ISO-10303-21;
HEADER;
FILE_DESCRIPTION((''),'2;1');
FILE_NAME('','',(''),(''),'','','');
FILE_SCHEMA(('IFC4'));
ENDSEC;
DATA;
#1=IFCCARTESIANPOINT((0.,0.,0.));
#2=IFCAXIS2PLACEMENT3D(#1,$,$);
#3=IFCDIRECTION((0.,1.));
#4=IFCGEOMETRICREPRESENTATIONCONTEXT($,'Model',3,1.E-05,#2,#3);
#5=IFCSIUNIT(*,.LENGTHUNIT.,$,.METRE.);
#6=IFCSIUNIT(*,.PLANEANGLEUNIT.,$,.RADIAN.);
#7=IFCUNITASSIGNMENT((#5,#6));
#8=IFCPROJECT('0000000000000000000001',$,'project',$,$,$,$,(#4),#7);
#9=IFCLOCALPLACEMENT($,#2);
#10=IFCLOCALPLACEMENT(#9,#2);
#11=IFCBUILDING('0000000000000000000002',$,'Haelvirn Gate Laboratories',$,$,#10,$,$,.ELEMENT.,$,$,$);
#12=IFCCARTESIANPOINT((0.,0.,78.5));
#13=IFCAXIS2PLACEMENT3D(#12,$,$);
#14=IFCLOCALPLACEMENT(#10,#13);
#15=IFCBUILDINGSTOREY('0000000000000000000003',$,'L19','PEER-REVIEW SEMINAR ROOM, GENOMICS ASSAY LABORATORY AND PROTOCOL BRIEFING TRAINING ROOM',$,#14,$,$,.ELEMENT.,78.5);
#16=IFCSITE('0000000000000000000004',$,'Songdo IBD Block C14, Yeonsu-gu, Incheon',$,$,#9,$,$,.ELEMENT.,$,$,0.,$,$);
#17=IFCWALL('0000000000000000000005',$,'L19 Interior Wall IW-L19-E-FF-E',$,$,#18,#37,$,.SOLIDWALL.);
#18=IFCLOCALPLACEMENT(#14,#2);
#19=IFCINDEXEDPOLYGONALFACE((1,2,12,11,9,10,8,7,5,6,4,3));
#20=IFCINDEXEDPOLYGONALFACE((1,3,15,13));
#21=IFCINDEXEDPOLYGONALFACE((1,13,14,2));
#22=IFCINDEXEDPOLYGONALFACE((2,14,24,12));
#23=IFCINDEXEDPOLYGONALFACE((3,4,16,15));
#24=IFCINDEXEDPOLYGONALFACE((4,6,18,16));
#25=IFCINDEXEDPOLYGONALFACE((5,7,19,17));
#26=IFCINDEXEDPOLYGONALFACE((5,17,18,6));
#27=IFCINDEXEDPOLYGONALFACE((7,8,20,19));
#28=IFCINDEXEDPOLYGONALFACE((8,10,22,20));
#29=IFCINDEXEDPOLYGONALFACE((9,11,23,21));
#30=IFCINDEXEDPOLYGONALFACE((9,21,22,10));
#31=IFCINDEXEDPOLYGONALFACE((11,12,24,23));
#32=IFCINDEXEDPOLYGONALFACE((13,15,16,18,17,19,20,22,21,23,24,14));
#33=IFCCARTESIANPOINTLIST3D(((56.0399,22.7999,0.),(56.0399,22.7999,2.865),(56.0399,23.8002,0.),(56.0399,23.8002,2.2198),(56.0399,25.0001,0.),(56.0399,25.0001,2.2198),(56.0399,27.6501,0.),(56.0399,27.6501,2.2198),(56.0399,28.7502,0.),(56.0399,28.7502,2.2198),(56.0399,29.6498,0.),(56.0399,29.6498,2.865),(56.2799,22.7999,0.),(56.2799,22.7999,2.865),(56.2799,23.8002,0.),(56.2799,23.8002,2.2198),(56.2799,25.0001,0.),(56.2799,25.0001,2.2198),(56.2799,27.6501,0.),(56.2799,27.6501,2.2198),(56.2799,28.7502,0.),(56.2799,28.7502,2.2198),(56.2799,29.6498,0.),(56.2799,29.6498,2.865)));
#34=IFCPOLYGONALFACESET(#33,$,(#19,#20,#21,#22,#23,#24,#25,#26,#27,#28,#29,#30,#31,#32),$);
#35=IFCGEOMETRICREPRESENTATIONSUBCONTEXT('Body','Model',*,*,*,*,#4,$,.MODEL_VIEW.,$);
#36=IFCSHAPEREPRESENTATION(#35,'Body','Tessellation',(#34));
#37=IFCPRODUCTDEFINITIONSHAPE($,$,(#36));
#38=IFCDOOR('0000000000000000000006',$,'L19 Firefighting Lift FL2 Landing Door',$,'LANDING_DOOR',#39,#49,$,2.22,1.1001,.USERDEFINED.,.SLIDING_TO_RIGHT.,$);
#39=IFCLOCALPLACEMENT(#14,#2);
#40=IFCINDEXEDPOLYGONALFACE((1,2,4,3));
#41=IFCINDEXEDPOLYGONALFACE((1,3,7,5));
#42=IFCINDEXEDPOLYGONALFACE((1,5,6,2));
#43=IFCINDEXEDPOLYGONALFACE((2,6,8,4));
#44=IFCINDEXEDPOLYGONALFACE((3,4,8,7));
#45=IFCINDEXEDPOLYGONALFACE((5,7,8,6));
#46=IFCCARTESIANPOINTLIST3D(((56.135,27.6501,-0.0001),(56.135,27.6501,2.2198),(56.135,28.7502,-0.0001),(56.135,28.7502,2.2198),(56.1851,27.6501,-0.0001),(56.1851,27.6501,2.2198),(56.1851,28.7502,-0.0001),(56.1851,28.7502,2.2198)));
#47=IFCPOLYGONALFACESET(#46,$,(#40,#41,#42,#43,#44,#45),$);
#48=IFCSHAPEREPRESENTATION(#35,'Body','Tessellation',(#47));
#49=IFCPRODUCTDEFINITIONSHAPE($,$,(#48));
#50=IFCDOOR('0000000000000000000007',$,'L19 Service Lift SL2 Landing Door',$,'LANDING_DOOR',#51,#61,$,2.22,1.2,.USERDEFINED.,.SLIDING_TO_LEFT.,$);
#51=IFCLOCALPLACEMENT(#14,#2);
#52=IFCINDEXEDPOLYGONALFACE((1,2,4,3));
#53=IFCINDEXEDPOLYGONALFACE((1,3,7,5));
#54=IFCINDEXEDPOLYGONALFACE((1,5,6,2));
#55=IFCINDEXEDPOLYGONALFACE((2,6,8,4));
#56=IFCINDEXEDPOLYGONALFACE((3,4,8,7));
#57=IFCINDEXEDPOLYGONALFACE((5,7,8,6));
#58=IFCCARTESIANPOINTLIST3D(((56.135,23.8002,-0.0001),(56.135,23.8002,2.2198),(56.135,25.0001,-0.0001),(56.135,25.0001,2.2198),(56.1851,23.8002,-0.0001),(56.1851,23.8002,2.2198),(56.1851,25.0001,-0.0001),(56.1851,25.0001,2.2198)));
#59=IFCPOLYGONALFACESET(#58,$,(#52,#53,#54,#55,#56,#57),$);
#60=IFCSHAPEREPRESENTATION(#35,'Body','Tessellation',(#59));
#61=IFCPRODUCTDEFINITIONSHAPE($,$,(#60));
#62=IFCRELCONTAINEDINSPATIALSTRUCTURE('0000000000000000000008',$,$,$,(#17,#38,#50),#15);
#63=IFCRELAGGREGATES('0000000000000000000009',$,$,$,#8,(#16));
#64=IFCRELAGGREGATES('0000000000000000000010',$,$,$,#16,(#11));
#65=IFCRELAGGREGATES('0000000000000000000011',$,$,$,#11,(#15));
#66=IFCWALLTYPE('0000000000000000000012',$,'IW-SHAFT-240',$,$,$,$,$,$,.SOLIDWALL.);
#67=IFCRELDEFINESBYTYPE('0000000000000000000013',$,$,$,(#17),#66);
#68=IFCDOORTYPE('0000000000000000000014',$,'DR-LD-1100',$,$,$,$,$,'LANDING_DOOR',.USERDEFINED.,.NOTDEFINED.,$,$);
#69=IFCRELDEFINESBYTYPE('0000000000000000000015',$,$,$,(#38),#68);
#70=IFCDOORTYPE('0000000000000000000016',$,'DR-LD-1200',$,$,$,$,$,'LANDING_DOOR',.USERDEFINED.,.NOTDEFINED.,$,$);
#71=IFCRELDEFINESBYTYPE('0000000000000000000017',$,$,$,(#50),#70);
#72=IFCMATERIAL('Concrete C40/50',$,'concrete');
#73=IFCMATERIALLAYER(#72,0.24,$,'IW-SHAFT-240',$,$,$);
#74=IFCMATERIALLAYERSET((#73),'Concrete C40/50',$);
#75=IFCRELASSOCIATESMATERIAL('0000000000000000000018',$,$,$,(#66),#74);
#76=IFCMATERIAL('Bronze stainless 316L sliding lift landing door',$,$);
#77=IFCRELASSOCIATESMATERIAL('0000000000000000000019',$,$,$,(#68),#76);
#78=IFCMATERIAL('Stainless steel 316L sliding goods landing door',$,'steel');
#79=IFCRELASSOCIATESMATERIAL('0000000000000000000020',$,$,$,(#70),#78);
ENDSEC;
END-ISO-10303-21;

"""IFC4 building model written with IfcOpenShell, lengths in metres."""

from ifc_helpers import new_model, si_unit, direction, frame, frame_2d, origin, place, context, subcontext, project, spatial, rectangle, extrude, source, transform, mapped, material, layer, layer_set, type_object, type_shapes, element, fill, save


model = new_model("IFC4")

# Units and contexts
model_context = context("Model", 3, precision=1e-05, world=origin(), true_north=direction((0.0, 1.0)))
body_context = subcontext(model_context, "Body", "Model", "MODEL_VIEW")
ifc_project = project(units=[si_unit("LENGTHUNIT", "METRE"), si_unit("PLANEANGLEUNIT", "RADIAN")], contexts=[model_context])

# Site, building, storey
site_placement = place(None, origin())
site = spatial("IfcSite", under=ifc_project, at=site_placement, Name="Songdo IBD Block C14, Yeonsu-gu, Incheon", CompositionType="ELEMENT", RefElevation=0.0)
building_placement = place(site_placement, origin())
building = spatial("IfcBuilding", under=site, at=building_placement, Name="Haelvirn Gate Laboratories", CompositionType="ELEMENT")
storey_placement = place(building_placement, frame((0.0, 0.0, 78.5)))
storey = spatial("IfcBuildingStorey", under=building, at=storey_placement, Name="L19", Description="PEER-REVIEW SEMINAR ROOM, GENOMICS ASSAY LABORATORY AND PROTOCOL BRIEFING TRAINING ROOM", CompositionType="ELEMENT", Elevation=78.5)

# Shared definitions
ifc_material_1 = material(Name="Concrete C40/50", Category="concrete")

# Wall, openings, doors
ifc_layer_1 = layer(ifc_material_1, 0.24, Name="IW-SHAFT-240")
ifc_layer_set_1 = layer_set([ifc_layer_1], Name="Concrete C40/50")
wall_type_1 = type_object("IfcWallType", Name="IW-SHAFT-240", PredefinedType="SOLIDWALL", material=ifc_layer_set_1)
wall_1_placement = place(storey_placement, frame((56.1599, 22.8, 0.0), z_axis=(0.0, 0.0, 1.0), x_axis=(0.0, 1.0, 0.0)))
wall_1 = element("IfcWall", 1, at=wall_1_placement, inside=storey, type_object=wall_type_1, Name="L19 Interior Wall IW-L19-E-FF-E", PredefinedType="SOLIDWALL", context=body_context, shape_type="SweptSolid", body=[
    extrude(rectangle(XDim=6.8499, YDim=0.24, at=frame_2d((3.4248, 0.0))), origin(), (0.0, 0.0, 1.0), 2.865),
])
opening_1_placement = place(wall_1_placement, frame((4.8501, 0.0, 0.0)))
opening_1 = element("IfcOpeningElement", 2, at=opening_1_placement, cuts=wall_1, PredefinedType="OPENING", context=body_context, shape_type="SweptSolid", body=[
    extrude(rectangle(XDim=1.1001, YDim=2.22, at=frame_2d((0.55, 1.1099))), frame((0.0, 0.1299, 0.0), z_axis=(0.0, -1.0, 0.0), x_axis=(1.0, 0.0, 0.0)), (0.0, 0.0, 1.0), 0.26),
])
opening_2_placement = place(wall_1_placement, frame((1.0, 0.0, 0.0)))
opening_2 = element("IfcOpeningElement", 3, at=opening_2_placement, cuts=wall_1, PredefinedType="OPENING", context=body_context, shape_type="SweptSolid", body=[
    extrude(rectangle(XDim=1.2, YDim=2.22, at=frame_2d((0.6001, 1.1099))), frame((0.0, 0.1299, 0.0), z_axis=(0.0, -1.0, 0.0), x_axis=(1.0, 0.0, 0.0)), (0.0, 0.0, 1.0), 0.26),
])
ifc_material_2 = material(Name="Bronze stainless 316L sliding lift landing door")
door_type_1 = type_object("IfcDoorType", Name="DR-LD-1100", ElementType="LANDING_DOOR", OperationType="NOTDEFINED", PredefinedType="USERDEFINED", material=ifc_material_2)
shared_shape_1 = source(origin(), body_context, "Body", "SweptSolid", [
    extrude(rectangle(XDim=1.1001, YDim=2.22, at=frame_2d((0.55, 1.1099))), frame((0.0, 0.0249, 0.0), z_axis=(0.0, -1.0, 0.0), x_axis=(1.0, 0.0, 0.0)), (0.0, 0.0, 1.0), 0.05),
])
type_shapes(door_type_1, [shared_shape_1])
door_1_placement = place(opening_1_placement, origin())
door_1 = element("IfcDoor", 4, at=door_1_placement, inside=storey, type_object=door_type_1, Name="L19 Firefighting Lift FL2 Landing Door", ObjectType="LANDING_DOOR", OperationType="SLIDING_TO_RIGHT", OverallHeight=2.22, OverallWidth=1.1001, PredefinedType="USERDEFINED", context=body_context, shape_type="MappedRepresentation", body=[
    mapped(shared_shape_1, transform((0.0, 0.0, 0.0), scale=1.0)),
])
fill(opening_1, door_1)
ifc_material_3 = material(Name="Stainless steel 316L sliding goods landing door", Category="steel")
door_type_2 = type_object("IfcDoorType", Name="DR-LD-1200", ElementType="LANDING_DOOR", OperationType="NOTDEFINED", PredefinedType="USERDEFINED", material=ifc_material_3)
shared_shape_2 = source(origin(), body_context, "Body", "SweptSolid", [
    extrude(rectangle(XDim=1.2, YDim=2.22, at=frame_2d((0.6001, 1.1099))), frame((0.0, 0.0249, 0.0), z_axis=(0.0, -1.0, 0.0), x_axis=(1.0, 0.0, 0.0)), (0.0, 0.0, 1.0), 0.05),
])
type_shapes(door_type_2, [shared_shape_2])
door_2_placement = place(opening_2_placement, origin())
door_2 = element("IfcDoor", 5, at=door_2_placement, inside=storey, type_object=door_type_2, Name="L19 Service Lift SL2 Landing Door", ObjectType="LANDING_DOOR", OperationType="SLIDING_TO_LEFT", OverallHeight=2.22, OverallWidth=1.2, PredefinedType="USERDEFINED", context=body_context, shape_type="MappedRepresentation", body=[
    mapped(shared_shape_2, transform((0.0, 0.0, 0.0), scale=1.0)),
])
fill(opening_2, door_2)

save(model, "model.ifc")
